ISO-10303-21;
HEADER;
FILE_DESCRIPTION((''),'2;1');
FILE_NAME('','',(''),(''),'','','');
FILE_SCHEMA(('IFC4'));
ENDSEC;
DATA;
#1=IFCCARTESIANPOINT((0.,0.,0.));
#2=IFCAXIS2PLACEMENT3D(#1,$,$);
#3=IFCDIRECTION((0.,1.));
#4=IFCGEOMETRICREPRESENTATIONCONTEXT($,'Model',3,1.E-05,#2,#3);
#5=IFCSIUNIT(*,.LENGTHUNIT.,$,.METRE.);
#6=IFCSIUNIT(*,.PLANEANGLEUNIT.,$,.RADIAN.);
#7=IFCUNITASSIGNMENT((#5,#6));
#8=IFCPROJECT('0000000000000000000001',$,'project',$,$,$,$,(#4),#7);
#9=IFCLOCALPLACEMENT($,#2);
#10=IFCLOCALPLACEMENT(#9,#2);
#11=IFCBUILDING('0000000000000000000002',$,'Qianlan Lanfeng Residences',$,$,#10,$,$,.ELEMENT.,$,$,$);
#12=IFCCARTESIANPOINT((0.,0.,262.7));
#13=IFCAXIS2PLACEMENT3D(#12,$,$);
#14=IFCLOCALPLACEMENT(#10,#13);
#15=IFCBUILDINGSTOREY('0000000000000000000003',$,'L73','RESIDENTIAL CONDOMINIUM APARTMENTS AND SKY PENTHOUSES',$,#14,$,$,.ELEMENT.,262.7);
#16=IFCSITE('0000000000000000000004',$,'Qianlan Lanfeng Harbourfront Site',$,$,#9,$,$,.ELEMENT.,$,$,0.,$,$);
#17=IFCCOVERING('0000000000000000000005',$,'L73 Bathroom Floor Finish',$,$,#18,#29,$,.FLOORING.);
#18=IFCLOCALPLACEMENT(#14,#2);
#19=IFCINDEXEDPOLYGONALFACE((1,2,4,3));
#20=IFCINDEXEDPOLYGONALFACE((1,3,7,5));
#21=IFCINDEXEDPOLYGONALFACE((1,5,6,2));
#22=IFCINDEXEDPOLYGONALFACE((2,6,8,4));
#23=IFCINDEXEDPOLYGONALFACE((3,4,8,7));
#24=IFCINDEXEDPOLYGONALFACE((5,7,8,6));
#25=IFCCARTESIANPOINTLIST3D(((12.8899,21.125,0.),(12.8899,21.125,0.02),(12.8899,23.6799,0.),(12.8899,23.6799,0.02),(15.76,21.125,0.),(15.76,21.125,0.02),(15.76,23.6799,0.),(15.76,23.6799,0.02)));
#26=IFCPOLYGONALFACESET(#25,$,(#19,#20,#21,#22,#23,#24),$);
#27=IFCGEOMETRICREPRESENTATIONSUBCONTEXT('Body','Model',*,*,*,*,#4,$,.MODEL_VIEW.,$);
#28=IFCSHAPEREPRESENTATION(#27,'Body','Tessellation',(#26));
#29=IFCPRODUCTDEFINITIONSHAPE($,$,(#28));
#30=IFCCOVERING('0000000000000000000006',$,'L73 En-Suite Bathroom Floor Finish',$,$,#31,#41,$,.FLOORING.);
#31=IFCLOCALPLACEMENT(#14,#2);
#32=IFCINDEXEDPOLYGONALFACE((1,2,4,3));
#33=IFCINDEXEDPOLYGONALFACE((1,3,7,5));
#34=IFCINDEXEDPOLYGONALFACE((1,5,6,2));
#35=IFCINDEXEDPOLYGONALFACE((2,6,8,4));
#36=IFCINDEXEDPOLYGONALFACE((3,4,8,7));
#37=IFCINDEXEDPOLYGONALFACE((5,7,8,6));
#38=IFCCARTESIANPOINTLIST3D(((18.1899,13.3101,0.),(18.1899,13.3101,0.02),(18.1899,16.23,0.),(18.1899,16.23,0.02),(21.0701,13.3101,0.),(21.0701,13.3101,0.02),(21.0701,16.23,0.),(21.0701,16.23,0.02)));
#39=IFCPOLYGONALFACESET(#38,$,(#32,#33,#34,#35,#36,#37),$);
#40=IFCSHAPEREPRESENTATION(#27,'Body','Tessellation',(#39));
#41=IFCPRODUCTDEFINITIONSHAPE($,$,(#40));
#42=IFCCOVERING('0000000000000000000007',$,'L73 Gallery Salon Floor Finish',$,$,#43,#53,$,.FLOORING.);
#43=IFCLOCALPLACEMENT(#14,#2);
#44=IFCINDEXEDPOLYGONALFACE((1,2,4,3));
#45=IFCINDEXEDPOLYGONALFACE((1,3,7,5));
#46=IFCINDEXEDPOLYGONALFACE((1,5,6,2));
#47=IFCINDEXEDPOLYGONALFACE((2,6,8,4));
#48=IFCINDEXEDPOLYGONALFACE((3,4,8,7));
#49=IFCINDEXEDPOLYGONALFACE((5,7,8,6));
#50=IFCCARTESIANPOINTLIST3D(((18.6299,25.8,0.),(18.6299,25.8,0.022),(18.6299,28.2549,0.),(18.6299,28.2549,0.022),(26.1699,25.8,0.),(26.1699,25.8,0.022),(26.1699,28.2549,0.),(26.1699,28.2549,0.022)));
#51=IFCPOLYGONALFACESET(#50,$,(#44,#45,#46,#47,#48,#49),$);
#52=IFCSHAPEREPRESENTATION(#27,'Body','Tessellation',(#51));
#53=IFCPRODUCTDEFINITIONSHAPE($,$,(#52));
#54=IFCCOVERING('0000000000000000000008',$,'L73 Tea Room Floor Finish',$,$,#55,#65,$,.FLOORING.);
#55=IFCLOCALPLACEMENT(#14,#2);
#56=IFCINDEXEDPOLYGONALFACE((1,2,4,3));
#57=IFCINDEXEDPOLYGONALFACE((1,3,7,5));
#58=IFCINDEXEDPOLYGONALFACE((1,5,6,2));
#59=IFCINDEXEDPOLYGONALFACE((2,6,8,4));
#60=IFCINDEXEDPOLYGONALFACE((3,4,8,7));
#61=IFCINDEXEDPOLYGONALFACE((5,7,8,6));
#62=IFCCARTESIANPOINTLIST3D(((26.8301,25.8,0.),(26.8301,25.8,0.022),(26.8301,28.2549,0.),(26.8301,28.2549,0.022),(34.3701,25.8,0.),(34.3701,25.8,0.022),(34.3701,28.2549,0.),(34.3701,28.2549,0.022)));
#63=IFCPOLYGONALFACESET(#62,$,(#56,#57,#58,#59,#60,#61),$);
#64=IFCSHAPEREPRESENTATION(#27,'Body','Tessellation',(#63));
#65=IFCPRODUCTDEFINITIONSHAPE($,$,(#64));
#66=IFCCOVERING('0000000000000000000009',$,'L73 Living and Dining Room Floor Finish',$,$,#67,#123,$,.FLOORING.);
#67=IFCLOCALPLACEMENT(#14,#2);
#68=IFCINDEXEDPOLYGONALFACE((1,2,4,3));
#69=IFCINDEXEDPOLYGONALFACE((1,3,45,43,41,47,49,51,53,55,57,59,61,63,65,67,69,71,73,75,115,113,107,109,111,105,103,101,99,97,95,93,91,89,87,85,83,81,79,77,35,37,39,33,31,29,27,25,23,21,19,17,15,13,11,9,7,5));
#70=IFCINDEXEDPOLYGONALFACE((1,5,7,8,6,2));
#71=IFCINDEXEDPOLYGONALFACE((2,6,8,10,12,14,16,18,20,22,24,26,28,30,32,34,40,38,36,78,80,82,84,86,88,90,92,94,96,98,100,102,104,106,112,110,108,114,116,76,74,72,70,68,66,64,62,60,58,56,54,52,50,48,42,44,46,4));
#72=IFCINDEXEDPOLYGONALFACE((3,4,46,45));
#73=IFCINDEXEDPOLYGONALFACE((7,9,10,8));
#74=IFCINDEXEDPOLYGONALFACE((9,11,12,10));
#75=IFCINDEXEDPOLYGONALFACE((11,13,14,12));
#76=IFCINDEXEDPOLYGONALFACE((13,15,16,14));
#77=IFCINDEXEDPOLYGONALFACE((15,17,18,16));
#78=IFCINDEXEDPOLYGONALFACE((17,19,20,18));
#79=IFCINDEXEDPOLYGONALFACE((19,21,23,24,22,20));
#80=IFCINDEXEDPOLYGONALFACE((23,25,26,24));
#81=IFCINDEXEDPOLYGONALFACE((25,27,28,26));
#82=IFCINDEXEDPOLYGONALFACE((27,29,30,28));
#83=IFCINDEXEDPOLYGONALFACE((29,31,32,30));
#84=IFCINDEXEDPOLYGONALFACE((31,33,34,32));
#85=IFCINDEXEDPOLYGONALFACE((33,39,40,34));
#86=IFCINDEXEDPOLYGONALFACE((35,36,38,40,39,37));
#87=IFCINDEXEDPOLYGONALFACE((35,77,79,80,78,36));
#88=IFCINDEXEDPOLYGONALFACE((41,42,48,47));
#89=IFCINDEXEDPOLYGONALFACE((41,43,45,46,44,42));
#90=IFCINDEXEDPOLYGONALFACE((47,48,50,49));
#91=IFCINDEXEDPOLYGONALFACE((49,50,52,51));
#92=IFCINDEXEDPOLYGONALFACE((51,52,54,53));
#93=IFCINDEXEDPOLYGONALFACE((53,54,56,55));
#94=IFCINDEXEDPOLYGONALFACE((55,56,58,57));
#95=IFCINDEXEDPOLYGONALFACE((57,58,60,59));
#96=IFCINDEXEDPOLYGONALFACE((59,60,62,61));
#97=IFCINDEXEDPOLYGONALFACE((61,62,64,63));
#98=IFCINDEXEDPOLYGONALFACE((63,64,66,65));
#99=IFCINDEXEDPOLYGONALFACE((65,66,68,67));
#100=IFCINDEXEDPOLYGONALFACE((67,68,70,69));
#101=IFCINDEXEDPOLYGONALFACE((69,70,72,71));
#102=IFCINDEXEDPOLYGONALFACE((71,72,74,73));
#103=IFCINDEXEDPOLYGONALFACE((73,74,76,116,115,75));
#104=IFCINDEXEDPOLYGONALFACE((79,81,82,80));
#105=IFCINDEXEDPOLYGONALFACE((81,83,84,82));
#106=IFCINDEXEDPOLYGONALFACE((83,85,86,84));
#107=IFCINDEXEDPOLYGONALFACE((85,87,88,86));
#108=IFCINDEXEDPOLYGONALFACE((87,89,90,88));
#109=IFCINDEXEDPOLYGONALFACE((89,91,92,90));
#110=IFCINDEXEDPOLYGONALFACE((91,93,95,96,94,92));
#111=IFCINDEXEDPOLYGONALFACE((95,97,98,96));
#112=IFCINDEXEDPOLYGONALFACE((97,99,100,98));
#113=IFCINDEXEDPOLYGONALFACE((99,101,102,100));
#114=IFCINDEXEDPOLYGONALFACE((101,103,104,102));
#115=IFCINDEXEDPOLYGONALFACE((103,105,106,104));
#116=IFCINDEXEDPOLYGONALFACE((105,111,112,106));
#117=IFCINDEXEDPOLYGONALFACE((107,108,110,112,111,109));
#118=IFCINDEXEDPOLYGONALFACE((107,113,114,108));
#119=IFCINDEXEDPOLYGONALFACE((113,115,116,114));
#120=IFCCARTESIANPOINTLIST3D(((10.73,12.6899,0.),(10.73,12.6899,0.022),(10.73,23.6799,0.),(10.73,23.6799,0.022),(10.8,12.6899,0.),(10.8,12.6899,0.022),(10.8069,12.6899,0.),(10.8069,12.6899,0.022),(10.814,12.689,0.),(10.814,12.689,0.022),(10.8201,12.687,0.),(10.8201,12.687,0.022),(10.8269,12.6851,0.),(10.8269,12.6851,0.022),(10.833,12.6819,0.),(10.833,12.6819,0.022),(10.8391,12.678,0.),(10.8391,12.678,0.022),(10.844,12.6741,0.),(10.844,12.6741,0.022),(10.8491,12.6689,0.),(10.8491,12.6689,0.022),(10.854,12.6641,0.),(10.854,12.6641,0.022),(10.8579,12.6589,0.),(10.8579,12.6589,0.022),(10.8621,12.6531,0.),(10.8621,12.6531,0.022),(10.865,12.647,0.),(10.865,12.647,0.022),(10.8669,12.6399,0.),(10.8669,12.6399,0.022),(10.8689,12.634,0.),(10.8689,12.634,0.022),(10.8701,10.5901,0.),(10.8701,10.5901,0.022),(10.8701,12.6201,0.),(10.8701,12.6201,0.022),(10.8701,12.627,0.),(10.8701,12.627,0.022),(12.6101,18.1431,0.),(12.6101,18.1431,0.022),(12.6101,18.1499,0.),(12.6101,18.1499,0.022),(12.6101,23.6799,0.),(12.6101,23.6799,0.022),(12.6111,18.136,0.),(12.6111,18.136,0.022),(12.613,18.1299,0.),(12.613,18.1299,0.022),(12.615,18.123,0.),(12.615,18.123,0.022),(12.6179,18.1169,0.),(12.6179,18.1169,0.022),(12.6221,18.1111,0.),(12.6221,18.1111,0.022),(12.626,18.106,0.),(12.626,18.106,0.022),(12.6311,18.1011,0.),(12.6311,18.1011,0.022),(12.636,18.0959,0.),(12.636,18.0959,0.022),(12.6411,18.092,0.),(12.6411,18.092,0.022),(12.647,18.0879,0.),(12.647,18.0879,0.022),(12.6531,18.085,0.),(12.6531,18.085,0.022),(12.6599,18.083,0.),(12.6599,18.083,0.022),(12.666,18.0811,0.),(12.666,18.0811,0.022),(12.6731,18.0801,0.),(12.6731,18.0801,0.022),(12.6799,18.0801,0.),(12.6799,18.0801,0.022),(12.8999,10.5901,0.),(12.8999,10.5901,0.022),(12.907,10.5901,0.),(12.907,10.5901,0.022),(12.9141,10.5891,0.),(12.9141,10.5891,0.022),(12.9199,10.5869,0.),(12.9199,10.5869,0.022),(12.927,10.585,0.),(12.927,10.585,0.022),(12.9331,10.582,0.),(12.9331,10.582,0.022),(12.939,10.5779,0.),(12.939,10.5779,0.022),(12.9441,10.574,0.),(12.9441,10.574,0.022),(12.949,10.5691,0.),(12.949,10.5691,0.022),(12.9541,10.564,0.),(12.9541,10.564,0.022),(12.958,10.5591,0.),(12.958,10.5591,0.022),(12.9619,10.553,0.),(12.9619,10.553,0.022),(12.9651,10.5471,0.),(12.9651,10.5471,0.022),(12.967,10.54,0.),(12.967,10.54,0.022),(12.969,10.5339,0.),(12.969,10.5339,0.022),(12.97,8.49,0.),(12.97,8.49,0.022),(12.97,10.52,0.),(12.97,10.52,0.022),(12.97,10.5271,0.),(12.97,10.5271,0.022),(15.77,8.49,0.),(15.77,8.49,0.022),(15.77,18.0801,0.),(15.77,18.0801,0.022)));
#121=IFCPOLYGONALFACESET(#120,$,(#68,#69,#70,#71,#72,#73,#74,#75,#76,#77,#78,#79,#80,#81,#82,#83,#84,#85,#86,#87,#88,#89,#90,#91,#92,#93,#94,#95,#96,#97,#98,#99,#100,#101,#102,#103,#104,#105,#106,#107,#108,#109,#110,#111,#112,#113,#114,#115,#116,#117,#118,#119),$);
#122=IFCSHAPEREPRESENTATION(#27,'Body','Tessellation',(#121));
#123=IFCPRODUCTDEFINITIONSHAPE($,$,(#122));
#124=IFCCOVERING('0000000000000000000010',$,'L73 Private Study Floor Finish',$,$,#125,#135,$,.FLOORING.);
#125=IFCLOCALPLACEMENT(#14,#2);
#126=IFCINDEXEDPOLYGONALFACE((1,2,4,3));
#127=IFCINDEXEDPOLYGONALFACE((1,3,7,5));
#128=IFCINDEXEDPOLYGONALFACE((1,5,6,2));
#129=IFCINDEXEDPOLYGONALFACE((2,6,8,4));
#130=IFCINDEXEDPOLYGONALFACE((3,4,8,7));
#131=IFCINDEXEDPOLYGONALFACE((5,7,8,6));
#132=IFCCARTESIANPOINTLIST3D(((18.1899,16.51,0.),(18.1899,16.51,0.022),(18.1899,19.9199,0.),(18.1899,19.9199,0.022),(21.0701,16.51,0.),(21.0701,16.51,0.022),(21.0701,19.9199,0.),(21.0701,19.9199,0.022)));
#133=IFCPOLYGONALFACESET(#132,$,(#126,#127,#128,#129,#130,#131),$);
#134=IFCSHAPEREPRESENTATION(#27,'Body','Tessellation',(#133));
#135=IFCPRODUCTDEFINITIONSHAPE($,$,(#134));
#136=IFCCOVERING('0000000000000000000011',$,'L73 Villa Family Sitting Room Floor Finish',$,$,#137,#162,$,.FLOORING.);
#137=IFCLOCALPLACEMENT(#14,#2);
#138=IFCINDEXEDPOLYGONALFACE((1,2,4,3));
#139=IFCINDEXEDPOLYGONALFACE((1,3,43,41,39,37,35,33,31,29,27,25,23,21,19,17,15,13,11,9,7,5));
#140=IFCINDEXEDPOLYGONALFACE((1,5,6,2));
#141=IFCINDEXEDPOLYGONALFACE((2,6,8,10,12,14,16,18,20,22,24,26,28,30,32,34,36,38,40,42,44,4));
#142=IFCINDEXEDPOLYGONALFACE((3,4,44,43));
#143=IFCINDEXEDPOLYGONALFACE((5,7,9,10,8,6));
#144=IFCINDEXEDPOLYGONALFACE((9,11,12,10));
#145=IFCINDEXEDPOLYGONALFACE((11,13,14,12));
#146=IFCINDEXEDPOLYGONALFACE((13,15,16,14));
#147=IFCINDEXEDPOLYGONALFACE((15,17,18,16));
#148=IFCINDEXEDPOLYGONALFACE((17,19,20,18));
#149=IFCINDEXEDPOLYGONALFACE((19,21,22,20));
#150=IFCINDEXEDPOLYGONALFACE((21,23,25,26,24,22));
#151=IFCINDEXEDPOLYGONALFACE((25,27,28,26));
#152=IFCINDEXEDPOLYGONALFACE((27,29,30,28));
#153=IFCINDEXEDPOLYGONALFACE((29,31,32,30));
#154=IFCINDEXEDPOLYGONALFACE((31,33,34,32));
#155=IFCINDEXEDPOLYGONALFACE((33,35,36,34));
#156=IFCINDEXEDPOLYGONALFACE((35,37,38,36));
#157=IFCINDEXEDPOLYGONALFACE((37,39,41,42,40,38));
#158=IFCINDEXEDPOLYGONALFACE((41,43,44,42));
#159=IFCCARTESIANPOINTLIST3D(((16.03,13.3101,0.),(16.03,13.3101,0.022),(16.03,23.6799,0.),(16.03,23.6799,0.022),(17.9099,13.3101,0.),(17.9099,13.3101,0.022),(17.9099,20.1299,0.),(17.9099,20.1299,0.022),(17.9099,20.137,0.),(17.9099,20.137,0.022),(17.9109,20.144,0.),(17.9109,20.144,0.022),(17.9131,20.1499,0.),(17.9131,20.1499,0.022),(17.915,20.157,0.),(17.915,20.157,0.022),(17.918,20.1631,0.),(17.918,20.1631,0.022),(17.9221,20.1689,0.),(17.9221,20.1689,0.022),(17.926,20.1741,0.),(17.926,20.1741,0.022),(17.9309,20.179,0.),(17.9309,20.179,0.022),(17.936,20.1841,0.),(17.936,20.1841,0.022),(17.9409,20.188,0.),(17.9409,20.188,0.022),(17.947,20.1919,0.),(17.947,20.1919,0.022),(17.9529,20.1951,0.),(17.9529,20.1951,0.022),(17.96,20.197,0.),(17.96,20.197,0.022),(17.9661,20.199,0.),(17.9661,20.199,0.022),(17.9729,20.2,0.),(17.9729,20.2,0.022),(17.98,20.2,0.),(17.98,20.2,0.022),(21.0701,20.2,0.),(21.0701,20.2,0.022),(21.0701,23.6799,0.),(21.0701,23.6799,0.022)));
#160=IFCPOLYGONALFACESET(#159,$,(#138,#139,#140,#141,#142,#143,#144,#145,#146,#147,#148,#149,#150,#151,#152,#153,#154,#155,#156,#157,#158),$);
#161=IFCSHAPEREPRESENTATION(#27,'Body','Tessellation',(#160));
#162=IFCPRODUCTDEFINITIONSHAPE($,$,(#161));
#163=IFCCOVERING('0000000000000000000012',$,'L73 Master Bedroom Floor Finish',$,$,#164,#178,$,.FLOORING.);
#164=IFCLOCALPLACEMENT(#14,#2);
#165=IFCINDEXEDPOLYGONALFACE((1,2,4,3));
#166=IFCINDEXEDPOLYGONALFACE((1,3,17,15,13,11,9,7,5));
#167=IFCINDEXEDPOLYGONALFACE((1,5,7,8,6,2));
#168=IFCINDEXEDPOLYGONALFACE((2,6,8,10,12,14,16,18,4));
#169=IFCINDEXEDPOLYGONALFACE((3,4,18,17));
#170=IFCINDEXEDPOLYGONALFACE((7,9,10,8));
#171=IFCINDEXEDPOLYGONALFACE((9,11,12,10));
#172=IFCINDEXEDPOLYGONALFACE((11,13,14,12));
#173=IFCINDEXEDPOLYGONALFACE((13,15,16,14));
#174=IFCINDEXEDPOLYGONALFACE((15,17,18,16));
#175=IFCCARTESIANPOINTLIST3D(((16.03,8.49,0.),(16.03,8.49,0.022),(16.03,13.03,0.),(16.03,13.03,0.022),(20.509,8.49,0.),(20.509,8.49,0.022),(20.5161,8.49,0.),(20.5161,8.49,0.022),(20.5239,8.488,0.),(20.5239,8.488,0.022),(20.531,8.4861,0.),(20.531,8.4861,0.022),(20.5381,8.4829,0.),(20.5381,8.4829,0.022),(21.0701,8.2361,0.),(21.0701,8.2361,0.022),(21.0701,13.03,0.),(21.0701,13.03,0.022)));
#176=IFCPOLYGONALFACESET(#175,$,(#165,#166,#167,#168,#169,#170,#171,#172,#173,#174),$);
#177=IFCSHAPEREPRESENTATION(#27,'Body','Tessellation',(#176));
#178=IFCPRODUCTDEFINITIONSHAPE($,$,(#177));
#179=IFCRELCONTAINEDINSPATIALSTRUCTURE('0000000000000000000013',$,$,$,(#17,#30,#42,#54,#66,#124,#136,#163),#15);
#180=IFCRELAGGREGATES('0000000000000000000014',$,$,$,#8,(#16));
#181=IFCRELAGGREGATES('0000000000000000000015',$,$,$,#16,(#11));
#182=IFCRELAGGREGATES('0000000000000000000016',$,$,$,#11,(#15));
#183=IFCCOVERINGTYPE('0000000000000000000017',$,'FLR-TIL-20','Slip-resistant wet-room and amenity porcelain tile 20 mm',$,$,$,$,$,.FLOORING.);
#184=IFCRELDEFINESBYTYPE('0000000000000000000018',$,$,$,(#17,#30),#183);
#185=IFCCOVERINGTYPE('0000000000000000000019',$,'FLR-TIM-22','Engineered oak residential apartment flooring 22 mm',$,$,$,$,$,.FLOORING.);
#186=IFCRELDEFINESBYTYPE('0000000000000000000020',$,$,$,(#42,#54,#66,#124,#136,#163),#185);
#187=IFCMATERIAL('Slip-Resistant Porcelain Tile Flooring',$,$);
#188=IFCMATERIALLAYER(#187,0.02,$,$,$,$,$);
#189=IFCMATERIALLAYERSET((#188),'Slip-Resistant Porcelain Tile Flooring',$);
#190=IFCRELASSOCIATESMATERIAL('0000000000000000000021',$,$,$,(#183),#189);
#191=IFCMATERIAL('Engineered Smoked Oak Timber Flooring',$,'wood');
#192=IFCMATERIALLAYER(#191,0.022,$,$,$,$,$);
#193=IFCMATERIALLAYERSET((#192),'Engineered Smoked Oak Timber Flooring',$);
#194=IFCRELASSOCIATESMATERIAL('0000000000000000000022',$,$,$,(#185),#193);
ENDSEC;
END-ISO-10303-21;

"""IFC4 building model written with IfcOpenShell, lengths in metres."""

from ifc_helpers import new_model, si_unit, direction, frame, origin, place, context, subcontext, project, spatial, polyline, outline, extrude, material, layer, layer_set, type_object, element, save


model = new_model("IFC4")

# Units and contexts
model_context = context("Model", 3, precision=1e-05, world=origin(), true_north=direction((0.0, 1.0)))
body_context = subcontext(model_context, "Body", "Model", "MODEL_VIEW")
ifc_project = project(units=[si_unit("LENGTHUNIT", "METRE"), si_unit("PLANEANGLEUNIT", "RADIAN")], contexts=[model_context])

# Site, building, storey
site_placement = place(None, origin())
site = spatial("IfcSite", under=ifc_project, at=site_placement, Name="Qianlan Lanfeng Harbourfront Site", CompositionType="ELEMENT", RefElevation=0.0)
building_placement = place(site_placement, origin())
building = spatial("IfcBuilding", under=site, at=building_placement, Name="Qianlan Lanfeng Residences", CompositionType="ELEMENT")
storey_placement = place(building_placement, frame((0.0, 0.0, 262.7)))
storey = spatial("IfcBuildingStorey", under=building, at=storey_placement, Name="L73", Description="RESIDENTIAL CONDOMINIUM APARTMENTS AND SKY PENTHOUSES", CompositionType="ELEMENT", Elevation=262.7)

# Coverings
ifc_material_1 = material(Name="Slip-Resistant Porcelain Tile Flooring")
ifc_layer_1 = layer(ifc_material_1, 0.02)
ifc_layer_set_1 = layer_set([ifc_layer_1], Name="Slip-Resistant Porcelain Tile Flooring")
covering_type_1 = type_object("IfcCoveringType", Name="FLR-TIL-20", Description="Slip-resistant wet-room and amenity porcelain tile 20 mm", PredefinedType="FLOORING", material=ifc_layer_set_1)
covering_1_placement = place(storey_placement, origin())
element("IfcCovering", 1, at=covering_1_placement, inside=storey, type_object=covering_type_1, Name="L73 Bathroom Floor Finish", PredefinedType="FLOORING", context=body_context, shape_type="SweptSolid", body=[
    extrude(outline(polyline([(12.8899, 21.125), (15.76, 21.125), (15.76, 23.6799), (12.8899, 23.6799), (12.8899, 21.125)])), origin(), (0.0, 0.0, 1.0), 0.02),
])
covering_2_placement = place(storey_placement, origin())
element("IfcCovering", 2, at=covering_2_placement, inside=storey, type_object=covering_type_1, Name="L73 En-Suite Bathroom Floor Finish", PredefinedType="FLOORING", context=body_context, shape_type="SweptSolid", body=[
    extrude(outline(polyline([(18.1899, 13.3101), (21.0701, 13.3101), (21.0701, 16.23), (18.1899, 16.23), (18.1899, 13.3101)])), origin(), (0.0, 0.0, 1.0), 0.02),
])
ifc_material_2 = material(Name="Engineered Smoked Oak Timber Flooring", Category="wood")
ifc_layer_2 = layer(ifc_material_2, 0.022)
ifc_layer_set_2 = layer_set([ifc_layer_2], Name="Engineered Smoked Oak Timber Flooring")
covering_type_2 = type_object("IfcCoveringType", Name="FLR-TIM-22", Description="Engineered oak residential apartment flooring 22 mm", PredefinedType="FLOORING", material=ifc_layer_set_2)
covering_3_placement = place(storey_placement, origin())
element("IfcCovering", 3, at=covering_3_placement, inside=storey, type_object=covering_type_2, Name="L73 Gallery Salon Floor Finish", PredefinedType="FLOORING", context=body_context, shape_type="SweptSolid", body=[
    extrude(outline(polyline([(18.6299, 25.8), (26.1699, 25.8), (26.1699, 28.2549), (18.6299, 28.2549), (18.6299, 25.8)])), origin(), (0.0, 0.0, 1.0), 0.022),
])
covering_4_placement = place(storey_placement, origin())
element("IfcCovering", 4, at=covering_4_placement, inside=storey, type_object=covering_type_2, Name="L73 Tea Room Floor Finish", PredefinedType="FLOORING", context=body_context, shape_type="SweptSolid", body=[
    extrude(outline(polyline([(26.8301, 25.8), (34.3701, 25.8), (34.3701, 28.2549), (26.8301, 28.2549), (26.8301, 25.8)])), origin(), (0.0, 0.0, 1.0), 0.022),
])
covering_5_placement = place(storey_placement, origin())
element("IfcCovering", 5, at=covering_5_placement, inside=storey, type_object=covering_type_2, Name="L73 Living and Dining Room Floor Finish", PredefinedType="FLOORING", context=body_context, shape_type="SweptSolid", body=[
    extrude(outline(polyline([(15.77, 8.49), (15.77, 18.0801), (12.6799, 18.0801), (12.6731, 18.0801), (12.666, 18.0811), (12.6599, 18.083), (12.6531, 18.085), (12.647, 18.0879), (12.6411, 18.092), (12.636, 18.0959), (12.6311, 18.1011), (12.626, 18.106), (12.6221, 18.1111), (12.6179, 18.1169), (12.615, 18.123), (12.613, 18.1299), (12.6111, 18.136), (12.6101, 18.1431), (12.6101, 18.1499), (12.6101, 23.6799), (10.73, 23.6799), (10.73, 12.6899), (10.8, 12.6899), (10.8069, 12.6899), (10.814, 12.689), (10.8201, 12.687), (10.8269, 12.6851), (10.833, 12.6819), (10.8391, 12.678), (10.844, 12.6741), (10.8491, 12.6689), (10.854, 12.6641), (10.8579, 12.6589), (10.8621, 12.6531), (10.865, 12.647), (10.8669, 12.6399), (10.8689, 12.634), (10.8701, 12.627), (10.8701, 12.6201), (10.8701, 10.5901), (12.8999, 10.5901), (12.907, 10.5901), (12.9141, 10.5891), (12.9199, 10.5869), (12.927, 10.585), (12.9331, 10.582), (12.939, 10.5779), (12.9441, 10.574), (12.949, 10.5691), (12.9541, 10.564), (12.958, 10.5591), (12.9619, 10.553), (12.9651, 10.5471), (12.967, 10.54), (12.969, 10.5339), (12.97, 10.5271), (12.97, 10.52), (12.97, 8.49), (15.77, 8.49)])), origin(), (0.0, 0.0, 1.0), 0.022),
])
covering_6_placement = place(storey_placement, origin())
element("IfcCovering", 6, at=covering_6_placement, inside=storey, type_object=covering_type_2, Name="L73 Private Study Floor Finish", PredefinedType="FLOORING", context=body_context, shape_type="SweptSolid", body=[
    extrude(outline(polyline([(18.1899, 16.51), (21.0701, 16.51), (21.0701, 19.9199), (18.1899, 19.9199), (18.1899, 16.51)])), origin(), (0.0, 0.0, 1.0), 0.022),
])
covering_7_placement = place(storey_placement, origin())
element("IfcCovering", 7, at=covering_7_placement, inside=storey, type_object=covering_type_2, Name="L73 Villa Family Sitting Room Floor Finish", PredefinedType="FLOORING", context=body_context, shape_type="SweptSolid", body=[
    extrude(outline(polyline([(16.03, 13.3101), (17.9099, 13.3101), (17.9099, 20.1299), (17.9099, 20.137), (17.9109, 20.144), (17.9131, 20.1499), (17.915, 20.157), (17.918, 20.1631), (17.9221, 20.1689), (17.926, 20.1741), (17.9309, 20.179), (17.936, 20.1841), (17.9409, 20.188), (17.947, 20.1919), (17.9529, 20.1951), (17.96, 20.197), (17.9661, 20.199), (17.9729, 20.2), (17.98, 20.2), (21.0701, 20.2), (21.0701, 23.6799), (16.03, 23.6799), (16.03, 13.3101)])), origin(), (0.0, 0.0, 1.0), 0.022),
])
covering_8_placement = place(storey_placement, origin())
element("IfcCovering", 8, at=covering_8_placement, inside=storey, type_object=covering_type_2, Name="L73 Master Bedroom Floor Finish", PredefinedType="FLOORING", context=body_context, shape_type="SweptSolid", body=[
    extrude(outline(polyline([(16.03, 13.03), (16.03, 8.49), (20.509, 8.49), (20.5161, 8.49), (20.5239, 8.488), (20.531, 8.4861), (20.5381, 8.4829), (21.0701, 8.2361), (21.0701, 13.03), (16.03, 13.03)])), origin(), (0.0, 0.0, 1.0), 0.022),
])

save(model, "model.ifc")
